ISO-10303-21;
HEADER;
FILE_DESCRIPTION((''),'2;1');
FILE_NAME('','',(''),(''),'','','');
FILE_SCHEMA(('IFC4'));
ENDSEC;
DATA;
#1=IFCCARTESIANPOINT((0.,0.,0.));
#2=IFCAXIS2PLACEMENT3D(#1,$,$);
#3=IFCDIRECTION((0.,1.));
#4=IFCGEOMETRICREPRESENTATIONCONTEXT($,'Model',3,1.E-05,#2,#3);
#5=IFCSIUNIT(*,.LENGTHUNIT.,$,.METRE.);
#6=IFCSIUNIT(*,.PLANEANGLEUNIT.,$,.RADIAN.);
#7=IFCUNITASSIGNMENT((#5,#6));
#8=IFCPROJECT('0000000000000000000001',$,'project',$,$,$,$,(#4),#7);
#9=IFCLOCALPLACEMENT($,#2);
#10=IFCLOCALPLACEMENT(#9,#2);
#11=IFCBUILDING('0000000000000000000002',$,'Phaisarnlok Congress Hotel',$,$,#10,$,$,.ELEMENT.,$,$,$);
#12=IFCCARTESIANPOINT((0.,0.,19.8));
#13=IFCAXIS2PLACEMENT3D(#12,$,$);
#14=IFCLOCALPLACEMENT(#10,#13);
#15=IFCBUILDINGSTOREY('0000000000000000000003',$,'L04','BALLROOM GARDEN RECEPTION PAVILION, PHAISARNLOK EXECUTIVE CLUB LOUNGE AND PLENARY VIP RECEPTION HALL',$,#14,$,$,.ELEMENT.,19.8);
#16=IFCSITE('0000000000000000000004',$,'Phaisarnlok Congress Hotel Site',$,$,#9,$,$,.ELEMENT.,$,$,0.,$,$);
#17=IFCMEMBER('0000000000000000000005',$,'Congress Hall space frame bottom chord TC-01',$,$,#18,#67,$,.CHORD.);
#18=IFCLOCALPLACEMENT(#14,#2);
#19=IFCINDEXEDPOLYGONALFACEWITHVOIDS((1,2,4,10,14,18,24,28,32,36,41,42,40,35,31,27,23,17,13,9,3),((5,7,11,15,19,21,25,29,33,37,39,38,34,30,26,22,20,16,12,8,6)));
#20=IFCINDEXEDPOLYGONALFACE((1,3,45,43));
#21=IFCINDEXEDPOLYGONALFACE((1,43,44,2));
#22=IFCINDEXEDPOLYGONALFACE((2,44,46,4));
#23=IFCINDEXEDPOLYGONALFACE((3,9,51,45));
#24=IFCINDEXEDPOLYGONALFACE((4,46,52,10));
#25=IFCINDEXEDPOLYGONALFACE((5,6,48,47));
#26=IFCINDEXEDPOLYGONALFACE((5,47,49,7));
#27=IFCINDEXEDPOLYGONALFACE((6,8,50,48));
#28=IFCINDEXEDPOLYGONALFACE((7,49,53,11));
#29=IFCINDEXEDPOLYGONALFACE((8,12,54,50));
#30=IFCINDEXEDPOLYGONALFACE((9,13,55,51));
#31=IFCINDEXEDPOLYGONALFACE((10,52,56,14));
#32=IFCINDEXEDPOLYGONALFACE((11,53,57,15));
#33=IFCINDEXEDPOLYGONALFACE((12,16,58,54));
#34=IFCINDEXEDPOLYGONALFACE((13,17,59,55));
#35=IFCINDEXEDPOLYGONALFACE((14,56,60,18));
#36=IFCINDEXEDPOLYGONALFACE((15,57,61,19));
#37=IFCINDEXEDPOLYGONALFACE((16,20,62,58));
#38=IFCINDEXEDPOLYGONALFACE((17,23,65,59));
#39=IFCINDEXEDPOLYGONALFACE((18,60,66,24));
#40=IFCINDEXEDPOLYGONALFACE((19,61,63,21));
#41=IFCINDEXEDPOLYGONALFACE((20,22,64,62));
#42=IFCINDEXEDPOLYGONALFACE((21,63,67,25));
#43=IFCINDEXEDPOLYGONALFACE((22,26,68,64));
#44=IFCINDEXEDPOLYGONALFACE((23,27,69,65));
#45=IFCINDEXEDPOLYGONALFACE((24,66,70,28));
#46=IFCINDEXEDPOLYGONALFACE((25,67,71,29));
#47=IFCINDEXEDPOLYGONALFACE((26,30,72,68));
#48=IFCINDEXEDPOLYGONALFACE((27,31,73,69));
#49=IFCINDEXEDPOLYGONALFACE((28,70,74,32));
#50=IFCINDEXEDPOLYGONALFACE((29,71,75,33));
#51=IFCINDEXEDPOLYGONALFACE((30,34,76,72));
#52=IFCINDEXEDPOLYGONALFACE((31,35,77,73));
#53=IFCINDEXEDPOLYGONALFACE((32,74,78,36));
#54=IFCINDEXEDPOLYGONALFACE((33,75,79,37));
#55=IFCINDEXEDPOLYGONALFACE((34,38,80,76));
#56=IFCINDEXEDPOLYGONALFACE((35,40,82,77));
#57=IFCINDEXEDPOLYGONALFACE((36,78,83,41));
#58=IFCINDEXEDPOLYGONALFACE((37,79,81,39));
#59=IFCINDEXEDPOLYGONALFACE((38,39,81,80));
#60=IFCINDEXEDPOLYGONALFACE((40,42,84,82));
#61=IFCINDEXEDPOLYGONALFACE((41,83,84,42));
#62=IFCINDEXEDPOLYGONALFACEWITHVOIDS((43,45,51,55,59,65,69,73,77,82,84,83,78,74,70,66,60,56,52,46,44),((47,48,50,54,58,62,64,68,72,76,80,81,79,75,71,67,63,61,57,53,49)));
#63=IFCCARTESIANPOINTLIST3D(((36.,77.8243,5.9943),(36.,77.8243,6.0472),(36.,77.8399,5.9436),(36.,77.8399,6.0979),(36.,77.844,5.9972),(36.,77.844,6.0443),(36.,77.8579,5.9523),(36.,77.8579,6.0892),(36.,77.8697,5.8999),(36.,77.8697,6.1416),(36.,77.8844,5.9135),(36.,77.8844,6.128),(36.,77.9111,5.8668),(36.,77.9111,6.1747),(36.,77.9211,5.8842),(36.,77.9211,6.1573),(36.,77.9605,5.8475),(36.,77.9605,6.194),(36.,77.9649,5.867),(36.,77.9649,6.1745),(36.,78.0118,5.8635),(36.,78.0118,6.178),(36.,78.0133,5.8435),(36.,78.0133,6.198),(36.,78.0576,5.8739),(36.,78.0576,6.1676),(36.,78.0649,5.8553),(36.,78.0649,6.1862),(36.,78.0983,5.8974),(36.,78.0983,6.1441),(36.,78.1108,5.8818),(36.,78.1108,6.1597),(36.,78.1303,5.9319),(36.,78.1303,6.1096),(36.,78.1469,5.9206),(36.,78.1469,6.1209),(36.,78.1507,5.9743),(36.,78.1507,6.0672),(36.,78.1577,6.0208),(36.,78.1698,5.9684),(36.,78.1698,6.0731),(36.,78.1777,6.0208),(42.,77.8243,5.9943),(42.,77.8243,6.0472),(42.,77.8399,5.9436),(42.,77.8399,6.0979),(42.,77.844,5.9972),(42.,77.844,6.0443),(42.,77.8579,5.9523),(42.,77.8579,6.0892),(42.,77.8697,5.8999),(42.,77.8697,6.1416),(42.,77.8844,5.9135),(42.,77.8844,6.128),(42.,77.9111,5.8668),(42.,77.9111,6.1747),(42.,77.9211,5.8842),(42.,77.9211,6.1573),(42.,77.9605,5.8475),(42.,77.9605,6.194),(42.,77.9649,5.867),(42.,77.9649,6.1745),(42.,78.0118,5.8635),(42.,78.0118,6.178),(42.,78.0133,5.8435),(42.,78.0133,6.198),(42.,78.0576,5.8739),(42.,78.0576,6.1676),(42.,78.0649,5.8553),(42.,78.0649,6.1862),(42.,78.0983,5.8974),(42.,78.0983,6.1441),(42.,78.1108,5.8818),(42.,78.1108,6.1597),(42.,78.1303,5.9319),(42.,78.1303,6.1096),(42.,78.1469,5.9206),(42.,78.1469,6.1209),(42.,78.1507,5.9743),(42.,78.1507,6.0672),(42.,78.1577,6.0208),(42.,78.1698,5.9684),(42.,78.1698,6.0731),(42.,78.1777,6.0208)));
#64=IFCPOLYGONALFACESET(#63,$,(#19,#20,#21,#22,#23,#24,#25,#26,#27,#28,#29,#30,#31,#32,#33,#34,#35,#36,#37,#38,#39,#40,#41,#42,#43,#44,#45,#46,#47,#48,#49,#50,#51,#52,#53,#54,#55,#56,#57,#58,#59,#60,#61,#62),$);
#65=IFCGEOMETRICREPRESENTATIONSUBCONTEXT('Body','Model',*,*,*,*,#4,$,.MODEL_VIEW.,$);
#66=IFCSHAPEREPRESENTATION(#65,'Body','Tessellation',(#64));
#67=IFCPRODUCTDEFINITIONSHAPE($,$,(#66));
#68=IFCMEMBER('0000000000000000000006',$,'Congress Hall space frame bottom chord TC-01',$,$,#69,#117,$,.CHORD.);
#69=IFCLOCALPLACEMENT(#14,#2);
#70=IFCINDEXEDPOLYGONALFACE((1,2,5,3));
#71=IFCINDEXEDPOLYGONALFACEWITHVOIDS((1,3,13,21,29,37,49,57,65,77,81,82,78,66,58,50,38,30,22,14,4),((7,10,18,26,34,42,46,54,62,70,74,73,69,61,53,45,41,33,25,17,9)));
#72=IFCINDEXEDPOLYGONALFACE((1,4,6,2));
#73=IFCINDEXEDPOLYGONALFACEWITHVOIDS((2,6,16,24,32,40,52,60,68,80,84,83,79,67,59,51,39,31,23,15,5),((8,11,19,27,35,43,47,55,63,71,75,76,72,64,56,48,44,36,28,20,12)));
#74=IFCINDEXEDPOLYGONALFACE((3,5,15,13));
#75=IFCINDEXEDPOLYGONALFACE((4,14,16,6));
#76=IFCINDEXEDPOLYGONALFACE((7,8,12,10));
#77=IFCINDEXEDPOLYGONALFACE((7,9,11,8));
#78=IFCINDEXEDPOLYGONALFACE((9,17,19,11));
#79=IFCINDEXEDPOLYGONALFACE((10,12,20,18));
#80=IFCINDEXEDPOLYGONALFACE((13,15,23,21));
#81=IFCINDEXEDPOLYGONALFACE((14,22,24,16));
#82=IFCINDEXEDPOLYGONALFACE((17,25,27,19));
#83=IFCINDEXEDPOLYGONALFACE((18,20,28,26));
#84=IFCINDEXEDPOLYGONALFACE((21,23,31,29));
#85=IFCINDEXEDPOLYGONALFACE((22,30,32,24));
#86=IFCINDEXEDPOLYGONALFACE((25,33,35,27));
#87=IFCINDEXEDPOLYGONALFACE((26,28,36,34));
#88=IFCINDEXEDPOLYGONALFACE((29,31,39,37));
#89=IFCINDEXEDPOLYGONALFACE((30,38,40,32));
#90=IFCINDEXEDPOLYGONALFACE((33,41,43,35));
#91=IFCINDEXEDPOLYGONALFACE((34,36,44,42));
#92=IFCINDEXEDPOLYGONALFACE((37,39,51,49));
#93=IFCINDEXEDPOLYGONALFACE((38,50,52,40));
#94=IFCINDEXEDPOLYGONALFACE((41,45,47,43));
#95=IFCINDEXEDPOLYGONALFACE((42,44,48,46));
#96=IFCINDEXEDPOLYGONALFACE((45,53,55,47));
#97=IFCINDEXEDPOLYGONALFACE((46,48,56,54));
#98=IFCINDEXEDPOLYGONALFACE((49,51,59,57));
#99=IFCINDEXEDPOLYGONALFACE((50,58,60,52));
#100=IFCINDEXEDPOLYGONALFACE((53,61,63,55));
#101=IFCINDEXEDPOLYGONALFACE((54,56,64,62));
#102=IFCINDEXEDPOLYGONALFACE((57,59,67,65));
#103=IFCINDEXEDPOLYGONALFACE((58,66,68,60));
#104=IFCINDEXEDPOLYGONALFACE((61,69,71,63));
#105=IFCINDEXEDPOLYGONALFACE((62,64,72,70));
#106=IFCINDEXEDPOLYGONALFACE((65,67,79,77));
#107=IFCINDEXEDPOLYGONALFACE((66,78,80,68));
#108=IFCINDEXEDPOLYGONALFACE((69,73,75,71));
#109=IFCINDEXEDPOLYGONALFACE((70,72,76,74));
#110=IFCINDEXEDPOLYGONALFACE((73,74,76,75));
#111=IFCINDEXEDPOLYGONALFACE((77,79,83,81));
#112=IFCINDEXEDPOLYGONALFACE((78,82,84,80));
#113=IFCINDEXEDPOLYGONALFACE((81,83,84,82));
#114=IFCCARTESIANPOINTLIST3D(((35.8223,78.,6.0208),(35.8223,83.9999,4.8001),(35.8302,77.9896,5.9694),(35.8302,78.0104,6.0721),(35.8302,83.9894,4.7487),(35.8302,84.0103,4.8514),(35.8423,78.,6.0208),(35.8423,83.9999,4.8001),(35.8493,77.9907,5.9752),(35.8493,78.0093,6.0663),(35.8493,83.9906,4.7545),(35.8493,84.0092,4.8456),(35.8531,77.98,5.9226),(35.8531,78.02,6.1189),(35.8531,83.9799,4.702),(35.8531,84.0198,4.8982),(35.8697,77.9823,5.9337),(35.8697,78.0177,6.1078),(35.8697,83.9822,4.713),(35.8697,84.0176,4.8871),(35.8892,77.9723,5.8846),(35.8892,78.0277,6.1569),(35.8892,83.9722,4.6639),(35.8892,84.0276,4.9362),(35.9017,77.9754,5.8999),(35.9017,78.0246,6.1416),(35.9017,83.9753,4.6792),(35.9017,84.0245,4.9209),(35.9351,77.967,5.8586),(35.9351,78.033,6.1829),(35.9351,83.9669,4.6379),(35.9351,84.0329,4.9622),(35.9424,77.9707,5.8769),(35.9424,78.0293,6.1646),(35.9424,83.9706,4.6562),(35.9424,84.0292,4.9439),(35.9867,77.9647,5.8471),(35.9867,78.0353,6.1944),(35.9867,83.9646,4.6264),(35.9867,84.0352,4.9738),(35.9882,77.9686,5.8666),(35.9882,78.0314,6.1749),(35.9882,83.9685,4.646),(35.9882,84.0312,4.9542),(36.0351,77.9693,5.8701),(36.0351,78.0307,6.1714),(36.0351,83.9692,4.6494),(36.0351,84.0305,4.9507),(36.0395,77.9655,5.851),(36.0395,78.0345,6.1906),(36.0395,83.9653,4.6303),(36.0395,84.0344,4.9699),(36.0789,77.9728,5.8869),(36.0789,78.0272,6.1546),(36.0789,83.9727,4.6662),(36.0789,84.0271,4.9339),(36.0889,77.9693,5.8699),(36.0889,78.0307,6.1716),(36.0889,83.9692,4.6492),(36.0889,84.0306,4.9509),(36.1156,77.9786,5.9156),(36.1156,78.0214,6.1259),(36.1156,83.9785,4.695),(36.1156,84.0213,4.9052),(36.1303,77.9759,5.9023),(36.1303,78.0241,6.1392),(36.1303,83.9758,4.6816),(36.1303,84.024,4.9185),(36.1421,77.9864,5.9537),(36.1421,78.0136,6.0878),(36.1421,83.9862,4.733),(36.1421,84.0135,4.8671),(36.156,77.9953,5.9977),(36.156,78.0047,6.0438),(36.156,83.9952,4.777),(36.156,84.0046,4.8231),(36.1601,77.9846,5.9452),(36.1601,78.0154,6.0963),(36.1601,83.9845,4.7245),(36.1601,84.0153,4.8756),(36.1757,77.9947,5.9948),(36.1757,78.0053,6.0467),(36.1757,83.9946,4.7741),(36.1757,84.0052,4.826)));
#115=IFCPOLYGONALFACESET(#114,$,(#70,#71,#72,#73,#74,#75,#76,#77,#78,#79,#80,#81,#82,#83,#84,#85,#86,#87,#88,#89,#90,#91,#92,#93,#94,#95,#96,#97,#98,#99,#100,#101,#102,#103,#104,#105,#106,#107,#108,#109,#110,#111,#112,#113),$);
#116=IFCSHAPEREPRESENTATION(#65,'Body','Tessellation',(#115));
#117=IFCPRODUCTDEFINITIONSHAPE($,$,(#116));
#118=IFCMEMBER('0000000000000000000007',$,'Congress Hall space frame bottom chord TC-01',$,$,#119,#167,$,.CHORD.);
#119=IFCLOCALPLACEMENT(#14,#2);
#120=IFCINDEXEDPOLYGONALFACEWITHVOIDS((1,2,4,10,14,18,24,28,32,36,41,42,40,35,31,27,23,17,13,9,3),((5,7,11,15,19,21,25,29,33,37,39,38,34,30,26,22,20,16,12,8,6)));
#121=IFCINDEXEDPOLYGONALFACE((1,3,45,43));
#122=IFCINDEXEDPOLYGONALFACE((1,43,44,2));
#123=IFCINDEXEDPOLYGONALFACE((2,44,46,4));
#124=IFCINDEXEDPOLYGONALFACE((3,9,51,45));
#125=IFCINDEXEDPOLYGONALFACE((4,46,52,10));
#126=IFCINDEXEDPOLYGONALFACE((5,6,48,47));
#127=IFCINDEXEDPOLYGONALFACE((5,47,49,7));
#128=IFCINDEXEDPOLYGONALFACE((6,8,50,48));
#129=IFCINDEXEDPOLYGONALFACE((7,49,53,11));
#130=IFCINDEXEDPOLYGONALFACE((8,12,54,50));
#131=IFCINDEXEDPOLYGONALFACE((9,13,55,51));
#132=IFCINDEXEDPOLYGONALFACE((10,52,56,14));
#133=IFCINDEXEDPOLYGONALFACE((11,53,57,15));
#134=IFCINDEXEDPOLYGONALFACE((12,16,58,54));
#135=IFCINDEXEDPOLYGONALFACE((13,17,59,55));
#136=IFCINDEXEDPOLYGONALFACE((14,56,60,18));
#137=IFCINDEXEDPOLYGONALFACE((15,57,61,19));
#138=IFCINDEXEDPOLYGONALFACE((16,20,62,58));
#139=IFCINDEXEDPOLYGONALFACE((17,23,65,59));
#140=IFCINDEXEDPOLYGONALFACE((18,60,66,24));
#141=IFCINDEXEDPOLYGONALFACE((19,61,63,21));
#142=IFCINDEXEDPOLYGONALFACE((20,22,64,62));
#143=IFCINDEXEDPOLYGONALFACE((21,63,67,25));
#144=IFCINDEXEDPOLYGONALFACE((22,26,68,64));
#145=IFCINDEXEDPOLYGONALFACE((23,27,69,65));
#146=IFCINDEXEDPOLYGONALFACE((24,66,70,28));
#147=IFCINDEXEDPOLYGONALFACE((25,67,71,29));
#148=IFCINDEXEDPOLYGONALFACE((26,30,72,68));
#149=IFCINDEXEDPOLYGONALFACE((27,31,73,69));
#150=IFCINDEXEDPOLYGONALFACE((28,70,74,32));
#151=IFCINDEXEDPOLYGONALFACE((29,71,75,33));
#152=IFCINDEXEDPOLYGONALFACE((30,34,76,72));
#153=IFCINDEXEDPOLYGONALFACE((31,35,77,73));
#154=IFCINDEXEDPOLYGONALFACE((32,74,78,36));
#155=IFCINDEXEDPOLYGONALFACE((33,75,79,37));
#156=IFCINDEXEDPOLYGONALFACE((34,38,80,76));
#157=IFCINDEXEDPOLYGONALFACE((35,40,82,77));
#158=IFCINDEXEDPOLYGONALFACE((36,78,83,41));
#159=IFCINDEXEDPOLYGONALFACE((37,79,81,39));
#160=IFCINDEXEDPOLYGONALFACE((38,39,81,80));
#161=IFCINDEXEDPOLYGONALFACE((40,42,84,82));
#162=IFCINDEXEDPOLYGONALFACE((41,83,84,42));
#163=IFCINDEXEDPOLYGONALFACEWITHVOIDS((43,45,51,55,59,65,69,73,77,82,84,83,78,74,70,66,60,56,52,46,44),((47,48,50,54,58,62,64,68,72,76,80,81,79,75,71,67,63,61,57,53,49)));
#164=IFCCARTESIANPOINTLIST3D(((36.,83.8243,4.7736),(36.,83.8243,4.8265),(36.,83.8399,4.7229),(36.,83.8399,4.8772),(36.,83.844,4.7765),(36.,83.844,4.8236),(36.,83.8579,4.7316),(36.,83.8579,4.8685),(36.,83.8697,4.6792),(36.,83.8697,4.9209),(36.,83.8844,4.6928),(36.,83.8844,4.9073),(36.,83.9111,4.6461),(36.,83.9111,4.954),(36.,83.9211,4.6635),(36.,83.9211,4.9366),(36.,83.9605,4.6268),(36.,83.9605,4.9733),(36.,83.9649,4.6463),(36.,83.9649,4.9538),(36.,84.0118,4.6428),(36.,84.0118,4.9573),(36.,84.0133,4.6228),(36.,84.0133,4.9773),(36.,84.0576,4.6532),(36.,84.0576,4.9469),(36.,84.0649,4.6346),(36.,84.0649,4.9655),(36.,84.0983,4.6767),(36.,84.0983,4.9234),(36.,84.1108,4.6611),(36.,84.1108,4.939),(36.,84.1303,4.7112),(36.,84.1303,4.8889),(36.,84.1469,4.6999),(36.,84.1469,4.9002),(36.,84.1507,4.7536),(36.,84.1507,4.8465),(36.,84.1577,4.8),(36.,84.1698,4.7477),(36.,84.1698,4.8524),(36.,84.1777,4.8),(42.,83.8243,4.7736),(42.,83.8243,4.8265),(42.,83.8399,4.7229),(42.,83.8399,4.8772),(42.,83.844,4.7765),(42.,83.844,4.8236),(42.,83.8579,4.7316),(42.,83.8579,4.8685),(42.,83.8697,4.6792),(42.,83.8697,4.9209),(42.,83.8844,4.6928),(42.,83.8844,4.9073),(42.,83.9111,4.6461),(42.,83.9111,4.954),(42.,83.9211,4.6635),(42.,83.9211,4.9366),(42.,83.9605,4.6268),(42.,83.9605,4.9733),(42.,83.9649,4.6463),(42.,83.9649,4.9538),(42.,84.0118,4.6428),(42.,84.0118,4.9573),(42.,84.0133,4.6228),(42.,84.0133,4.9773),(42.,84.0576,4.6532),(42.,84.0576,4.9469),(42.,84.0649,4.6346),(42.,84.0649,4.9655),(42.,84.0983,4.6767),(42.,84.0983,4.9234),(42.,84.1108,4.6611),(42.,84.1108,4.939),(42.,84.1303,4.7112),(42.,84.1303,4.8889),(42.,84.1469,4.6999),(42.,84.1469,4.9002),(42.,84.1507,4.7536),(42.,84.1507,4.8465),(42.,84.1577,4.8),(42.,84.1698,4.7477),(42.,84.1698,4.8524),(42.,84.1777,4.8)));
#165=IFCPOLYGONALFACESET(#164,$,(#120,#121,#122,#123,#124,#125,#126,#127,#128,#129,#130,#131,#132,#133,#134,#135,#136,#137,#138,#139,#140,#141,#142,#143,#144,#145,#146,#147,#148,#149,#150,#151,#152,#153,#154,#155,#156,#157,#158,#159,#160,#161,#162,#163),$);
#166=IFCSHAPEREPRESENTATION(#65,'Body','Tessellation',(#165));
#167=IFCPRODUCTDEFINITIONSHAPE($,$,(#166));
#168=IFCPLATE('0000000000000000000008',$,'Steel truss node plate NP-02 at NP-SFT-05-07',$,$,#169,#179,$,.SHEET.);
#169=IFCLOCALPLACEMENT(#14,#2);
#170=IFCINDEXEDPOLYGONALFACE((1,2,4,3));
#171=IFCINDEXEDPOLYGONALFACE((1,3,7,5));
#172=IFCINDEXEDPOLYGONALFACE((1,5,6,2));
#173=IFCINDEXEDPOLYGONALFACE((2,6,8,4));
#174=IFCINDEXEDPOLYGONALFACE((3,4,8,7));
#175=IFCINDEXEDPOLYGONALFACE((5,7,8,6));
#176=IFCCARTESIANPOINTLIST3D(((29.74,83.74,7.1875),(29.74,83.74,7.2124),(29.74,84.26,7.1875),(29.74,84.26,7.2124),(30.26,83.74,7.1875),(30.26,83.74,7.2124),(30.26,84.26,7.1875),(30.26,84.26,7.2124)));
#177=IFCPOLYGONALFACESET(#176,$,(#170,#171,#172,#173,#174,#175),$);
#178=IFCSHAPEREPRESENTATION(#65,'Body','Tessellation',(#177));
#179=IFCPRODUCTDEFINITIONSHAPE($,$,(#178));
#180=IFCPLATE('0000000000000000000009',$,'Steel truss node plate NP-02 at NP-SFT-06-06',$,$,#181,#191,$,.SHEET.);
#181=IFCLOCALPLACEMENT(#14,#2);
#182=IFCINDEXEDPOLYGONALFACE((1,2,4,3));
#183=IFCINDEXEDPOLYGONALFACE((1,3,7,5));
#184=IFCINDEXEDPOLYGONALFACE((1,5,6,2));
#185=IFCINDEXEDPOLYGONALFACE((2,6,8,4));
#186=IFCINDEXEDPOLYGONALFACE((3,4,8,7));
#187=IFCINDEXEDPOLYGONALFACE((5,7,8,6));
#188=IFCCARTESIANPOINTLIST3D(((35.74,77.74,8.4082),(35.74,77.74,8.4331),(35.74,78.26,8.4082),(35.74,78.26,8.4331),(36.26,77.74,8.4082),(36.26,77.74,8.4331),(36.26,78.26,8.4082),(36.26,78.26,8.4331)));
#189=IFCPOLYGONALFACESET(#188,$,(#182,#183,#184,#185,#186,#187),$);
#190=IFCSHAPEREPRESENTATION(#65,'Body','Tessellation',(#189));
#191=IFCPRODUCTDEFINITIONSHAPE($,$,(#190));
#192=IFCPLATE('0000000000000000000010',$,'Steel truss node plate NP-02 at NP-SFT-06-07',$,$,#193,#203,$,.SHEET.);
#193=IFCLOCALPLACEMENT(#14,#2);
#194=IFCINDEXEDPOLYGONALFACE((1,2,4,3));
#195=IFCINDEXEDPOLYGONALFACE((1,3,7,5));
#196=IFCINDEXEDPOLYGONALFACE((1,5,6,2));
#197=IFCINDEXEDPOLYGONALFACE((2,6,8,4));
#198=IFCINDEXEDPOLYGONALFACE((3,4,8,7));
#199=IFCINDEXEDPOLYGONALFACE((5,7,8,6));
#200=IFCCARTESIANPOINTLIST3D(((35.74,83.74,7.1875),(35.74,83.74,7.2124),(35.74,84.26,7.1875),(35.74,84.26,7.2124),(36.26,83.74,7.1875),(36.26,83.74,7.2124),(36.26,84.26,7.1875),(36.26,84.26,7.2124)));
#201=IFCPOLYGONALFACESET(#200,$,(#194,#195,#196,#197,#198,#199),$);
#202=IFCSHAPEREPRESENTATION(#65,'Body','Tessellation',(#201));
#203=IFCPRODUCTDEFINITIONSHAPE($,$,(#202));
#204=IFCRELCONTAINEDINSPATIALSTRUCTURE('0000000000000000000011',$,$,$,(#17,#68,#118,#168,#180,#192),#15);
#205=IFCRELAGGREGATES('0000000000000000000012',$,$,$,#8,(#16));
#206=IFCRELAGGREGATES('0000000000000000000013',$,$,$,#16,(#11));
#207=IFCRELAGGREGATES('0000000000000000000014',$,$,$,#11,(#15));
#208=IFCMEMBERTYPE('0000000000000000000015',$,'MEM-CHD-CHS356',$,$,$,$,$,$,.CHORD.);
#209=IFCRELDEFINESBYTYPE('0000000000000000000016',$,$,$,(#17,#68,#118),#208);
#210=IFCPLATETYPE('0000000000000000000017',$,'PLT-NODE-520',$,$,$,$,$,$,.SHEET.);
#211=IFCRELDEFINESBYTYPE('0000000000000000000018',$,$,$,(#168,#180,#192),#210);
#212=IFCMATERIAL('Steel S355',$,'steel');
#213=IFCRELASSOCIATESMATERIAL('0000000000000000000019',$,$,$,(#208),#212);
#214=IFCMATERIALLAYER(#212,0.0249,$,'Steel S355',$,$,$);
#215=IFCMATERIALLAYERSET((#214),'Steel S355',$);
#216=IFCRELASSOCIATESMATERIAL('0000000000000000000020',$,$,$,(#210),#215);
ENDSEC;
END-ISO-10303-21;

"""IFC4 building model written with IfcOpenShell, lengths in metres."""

from ifc_helpers import new_model, si_unit, direction, frame, origin, origin_2d, place, context, subcontext, project, spatial, rectangle, hollow_circle, extrude, material, layer, layer_set, material_profile, profile_set, type_object, element, save


model = new_model("IFC4")

# Units and contexts
model_context = context("Model", 3, precision=1e-05, world=origin(), true_north=direction((0.0, 1.0)))
body_context = subcontext(model_context, "Body", "Model", "MODEL_VIEW")
ifc_project = project(units=[si_unit("LENGTHUNIT", "METRE"), si_unit("PLANEANGLEUNIT", "RADIAN")], contexts=[model_context])

# Site, building, storey
site_placement = place(None, origin())
site = spatial("IfcSite", under=ifc_project, at=site_placement, Name="Phaisarnlok Congress Hotel Site", CompositionType="ELEMENT", RefElevation=0.0)
building_placement = place(site_placement, origin())
building = spatial("IfcBuilding", under=site, at=building_placement, Name="Phaisarnlok Congress Hotel", CompositionType="ELEMENT")
storey_placement = place(building_placement, frame((0.0, 0.0, 19.8)))
storey = spatial("IfcBuildingStorey", under=building, at=storey_placement, Name="L04", Description="BALLROOM GARDEN RECEPTION PAVILION, PHAISARNLOK EXECUTIVE CLUB LOUNGE AND PLENARY VIP RECEPTION HALL", CompositionType="ELEMENT", Elevation=19.8)

# Members
ifc_material_1 = material(Name="Steel S355", Category="steel")
ifc_material_profile_1 = material_profile(ifc_material_1, hollow_circle(Radius=0.1777, WallThickness=0.02, at=origin_2d()), Name="CHS 355.6x20")
ifc_profile_set_1 = profile_set([ifc_material_profile_1], Name="Steel S355")
member_type_1 = type_object("IfcMemberType", Name="MEM-CHD-CHS356", PredefinedType="CHORD", material=ifc_profile_set_1)
for number, where, z_axis, x_axis, name in (
    (1, (36.0, 78.0, 6.0208), (1.0, 0.0, 0.0), (0.0, 1.0, 0.0), "Congress Hall space frame bottom chord TC-01"),
):
    element("IfcMember", number, at=place(storey_placement, frame(where, z_axis=z_axis, x_axis=x_axis)), inside=storey, type_object=member_type_1, Name=name, PredefinedType="CHORD", context=body_context, shape_type="SweptSolid", body=[
        extrude(hollow_circle(Radius=0.1777, WallThickness=0.02, at=origin_2d()), origin(), (0.0, 0.0, 1.0), 6.0),
    ])
member_1_placement = place(storey_placement, frame((36.0, 78.0, 6.0208), z_axis=(0.0, 0.979925, -0.199366), x_axis=(-1.0, 0.0, 0.0)))
element("IfcMember", 2, at=member_1_placement, inside=storey, type_object=member_type_1, Name="Congress Hall space frame bottom chord TC-01", PredefinedType="CHORD", context=body_context, shape_type="SweptSolid", body=[
    extrude(hollow_circle(Radius=0.1777, WallThickness=0.02, at=origin_2d()), origin(), (0.0, 0.0, 1.0), 6.1228),
])
member_2_placement = place(storey_placement, frame((36.0, 84.0, 4.8), z_axis=(1.0, 0.0, 0.0), x_axis=(0.0, 1.0, 0.0)))
element("IfcMember", 3, at=member_2_placement, inside=storey, type_object=member_type_1, Name="Congress Hall space frame bottom chord TC-01", PredefinedType="CHORD", context=body_context, shape_type="SweptSolid", body=[
    extrude(hollow_circle(Radius=0.1777, WallThickness=0.02, at=origin_2d()), origin(), (0.0, 0.0, 1.0), 6.0),
])

# Plates
ifc_layer_1 = layer(ifc_material_1, 0.0249, Name="Steel S355")
ifc_layer_set_1 = layer_set([ifc_layer_1], Name="Steel S355")
plate_type_1 = type_object("IfcPlateType", Name="PLT-NODE-520", PredefinedType="SHEET", material=ifc_layer_set_1)
for number, where, z_axis, x_axis, name in (
    (4, (30.0, 84.0, 7.1875), (0.0, 0.0, 1.0), (1.0, 0.0, 0.0), "Steel truss node plate NP-02 at NP-SFT-05-07"),
    (5, (36.0, 78.0, 8.4082), (0.0, 0.0, 1.0), (1.0, 0.0, 0.0), "Steel truss node plate NP-02 at NP-SFT-06-06"),
    (6, (36.0, 84.0, 7.1875), (0.0, 0.0, 1.0), (1.0, 0.0, 0.0), "Steel truss node plate NP-02 at NP-SFT-06-07"),
):
    element("IfcPlate", number, at=place(storey_placement, frame(where, z_axis=z_axis, x_axis=x_axis)), inside=storey, type_object=plate_type_1, Name=name, PredefinedType="SHEET", context=body_context, shape_type="SweptSolid", body=[
        extrude(rectangle(XDim=0.52, YDim=0.52, at=origin_2d()), origin(), (0.0, 0.0, 1.0), 0.0249),
    ])

save(model, "model.ifc")
